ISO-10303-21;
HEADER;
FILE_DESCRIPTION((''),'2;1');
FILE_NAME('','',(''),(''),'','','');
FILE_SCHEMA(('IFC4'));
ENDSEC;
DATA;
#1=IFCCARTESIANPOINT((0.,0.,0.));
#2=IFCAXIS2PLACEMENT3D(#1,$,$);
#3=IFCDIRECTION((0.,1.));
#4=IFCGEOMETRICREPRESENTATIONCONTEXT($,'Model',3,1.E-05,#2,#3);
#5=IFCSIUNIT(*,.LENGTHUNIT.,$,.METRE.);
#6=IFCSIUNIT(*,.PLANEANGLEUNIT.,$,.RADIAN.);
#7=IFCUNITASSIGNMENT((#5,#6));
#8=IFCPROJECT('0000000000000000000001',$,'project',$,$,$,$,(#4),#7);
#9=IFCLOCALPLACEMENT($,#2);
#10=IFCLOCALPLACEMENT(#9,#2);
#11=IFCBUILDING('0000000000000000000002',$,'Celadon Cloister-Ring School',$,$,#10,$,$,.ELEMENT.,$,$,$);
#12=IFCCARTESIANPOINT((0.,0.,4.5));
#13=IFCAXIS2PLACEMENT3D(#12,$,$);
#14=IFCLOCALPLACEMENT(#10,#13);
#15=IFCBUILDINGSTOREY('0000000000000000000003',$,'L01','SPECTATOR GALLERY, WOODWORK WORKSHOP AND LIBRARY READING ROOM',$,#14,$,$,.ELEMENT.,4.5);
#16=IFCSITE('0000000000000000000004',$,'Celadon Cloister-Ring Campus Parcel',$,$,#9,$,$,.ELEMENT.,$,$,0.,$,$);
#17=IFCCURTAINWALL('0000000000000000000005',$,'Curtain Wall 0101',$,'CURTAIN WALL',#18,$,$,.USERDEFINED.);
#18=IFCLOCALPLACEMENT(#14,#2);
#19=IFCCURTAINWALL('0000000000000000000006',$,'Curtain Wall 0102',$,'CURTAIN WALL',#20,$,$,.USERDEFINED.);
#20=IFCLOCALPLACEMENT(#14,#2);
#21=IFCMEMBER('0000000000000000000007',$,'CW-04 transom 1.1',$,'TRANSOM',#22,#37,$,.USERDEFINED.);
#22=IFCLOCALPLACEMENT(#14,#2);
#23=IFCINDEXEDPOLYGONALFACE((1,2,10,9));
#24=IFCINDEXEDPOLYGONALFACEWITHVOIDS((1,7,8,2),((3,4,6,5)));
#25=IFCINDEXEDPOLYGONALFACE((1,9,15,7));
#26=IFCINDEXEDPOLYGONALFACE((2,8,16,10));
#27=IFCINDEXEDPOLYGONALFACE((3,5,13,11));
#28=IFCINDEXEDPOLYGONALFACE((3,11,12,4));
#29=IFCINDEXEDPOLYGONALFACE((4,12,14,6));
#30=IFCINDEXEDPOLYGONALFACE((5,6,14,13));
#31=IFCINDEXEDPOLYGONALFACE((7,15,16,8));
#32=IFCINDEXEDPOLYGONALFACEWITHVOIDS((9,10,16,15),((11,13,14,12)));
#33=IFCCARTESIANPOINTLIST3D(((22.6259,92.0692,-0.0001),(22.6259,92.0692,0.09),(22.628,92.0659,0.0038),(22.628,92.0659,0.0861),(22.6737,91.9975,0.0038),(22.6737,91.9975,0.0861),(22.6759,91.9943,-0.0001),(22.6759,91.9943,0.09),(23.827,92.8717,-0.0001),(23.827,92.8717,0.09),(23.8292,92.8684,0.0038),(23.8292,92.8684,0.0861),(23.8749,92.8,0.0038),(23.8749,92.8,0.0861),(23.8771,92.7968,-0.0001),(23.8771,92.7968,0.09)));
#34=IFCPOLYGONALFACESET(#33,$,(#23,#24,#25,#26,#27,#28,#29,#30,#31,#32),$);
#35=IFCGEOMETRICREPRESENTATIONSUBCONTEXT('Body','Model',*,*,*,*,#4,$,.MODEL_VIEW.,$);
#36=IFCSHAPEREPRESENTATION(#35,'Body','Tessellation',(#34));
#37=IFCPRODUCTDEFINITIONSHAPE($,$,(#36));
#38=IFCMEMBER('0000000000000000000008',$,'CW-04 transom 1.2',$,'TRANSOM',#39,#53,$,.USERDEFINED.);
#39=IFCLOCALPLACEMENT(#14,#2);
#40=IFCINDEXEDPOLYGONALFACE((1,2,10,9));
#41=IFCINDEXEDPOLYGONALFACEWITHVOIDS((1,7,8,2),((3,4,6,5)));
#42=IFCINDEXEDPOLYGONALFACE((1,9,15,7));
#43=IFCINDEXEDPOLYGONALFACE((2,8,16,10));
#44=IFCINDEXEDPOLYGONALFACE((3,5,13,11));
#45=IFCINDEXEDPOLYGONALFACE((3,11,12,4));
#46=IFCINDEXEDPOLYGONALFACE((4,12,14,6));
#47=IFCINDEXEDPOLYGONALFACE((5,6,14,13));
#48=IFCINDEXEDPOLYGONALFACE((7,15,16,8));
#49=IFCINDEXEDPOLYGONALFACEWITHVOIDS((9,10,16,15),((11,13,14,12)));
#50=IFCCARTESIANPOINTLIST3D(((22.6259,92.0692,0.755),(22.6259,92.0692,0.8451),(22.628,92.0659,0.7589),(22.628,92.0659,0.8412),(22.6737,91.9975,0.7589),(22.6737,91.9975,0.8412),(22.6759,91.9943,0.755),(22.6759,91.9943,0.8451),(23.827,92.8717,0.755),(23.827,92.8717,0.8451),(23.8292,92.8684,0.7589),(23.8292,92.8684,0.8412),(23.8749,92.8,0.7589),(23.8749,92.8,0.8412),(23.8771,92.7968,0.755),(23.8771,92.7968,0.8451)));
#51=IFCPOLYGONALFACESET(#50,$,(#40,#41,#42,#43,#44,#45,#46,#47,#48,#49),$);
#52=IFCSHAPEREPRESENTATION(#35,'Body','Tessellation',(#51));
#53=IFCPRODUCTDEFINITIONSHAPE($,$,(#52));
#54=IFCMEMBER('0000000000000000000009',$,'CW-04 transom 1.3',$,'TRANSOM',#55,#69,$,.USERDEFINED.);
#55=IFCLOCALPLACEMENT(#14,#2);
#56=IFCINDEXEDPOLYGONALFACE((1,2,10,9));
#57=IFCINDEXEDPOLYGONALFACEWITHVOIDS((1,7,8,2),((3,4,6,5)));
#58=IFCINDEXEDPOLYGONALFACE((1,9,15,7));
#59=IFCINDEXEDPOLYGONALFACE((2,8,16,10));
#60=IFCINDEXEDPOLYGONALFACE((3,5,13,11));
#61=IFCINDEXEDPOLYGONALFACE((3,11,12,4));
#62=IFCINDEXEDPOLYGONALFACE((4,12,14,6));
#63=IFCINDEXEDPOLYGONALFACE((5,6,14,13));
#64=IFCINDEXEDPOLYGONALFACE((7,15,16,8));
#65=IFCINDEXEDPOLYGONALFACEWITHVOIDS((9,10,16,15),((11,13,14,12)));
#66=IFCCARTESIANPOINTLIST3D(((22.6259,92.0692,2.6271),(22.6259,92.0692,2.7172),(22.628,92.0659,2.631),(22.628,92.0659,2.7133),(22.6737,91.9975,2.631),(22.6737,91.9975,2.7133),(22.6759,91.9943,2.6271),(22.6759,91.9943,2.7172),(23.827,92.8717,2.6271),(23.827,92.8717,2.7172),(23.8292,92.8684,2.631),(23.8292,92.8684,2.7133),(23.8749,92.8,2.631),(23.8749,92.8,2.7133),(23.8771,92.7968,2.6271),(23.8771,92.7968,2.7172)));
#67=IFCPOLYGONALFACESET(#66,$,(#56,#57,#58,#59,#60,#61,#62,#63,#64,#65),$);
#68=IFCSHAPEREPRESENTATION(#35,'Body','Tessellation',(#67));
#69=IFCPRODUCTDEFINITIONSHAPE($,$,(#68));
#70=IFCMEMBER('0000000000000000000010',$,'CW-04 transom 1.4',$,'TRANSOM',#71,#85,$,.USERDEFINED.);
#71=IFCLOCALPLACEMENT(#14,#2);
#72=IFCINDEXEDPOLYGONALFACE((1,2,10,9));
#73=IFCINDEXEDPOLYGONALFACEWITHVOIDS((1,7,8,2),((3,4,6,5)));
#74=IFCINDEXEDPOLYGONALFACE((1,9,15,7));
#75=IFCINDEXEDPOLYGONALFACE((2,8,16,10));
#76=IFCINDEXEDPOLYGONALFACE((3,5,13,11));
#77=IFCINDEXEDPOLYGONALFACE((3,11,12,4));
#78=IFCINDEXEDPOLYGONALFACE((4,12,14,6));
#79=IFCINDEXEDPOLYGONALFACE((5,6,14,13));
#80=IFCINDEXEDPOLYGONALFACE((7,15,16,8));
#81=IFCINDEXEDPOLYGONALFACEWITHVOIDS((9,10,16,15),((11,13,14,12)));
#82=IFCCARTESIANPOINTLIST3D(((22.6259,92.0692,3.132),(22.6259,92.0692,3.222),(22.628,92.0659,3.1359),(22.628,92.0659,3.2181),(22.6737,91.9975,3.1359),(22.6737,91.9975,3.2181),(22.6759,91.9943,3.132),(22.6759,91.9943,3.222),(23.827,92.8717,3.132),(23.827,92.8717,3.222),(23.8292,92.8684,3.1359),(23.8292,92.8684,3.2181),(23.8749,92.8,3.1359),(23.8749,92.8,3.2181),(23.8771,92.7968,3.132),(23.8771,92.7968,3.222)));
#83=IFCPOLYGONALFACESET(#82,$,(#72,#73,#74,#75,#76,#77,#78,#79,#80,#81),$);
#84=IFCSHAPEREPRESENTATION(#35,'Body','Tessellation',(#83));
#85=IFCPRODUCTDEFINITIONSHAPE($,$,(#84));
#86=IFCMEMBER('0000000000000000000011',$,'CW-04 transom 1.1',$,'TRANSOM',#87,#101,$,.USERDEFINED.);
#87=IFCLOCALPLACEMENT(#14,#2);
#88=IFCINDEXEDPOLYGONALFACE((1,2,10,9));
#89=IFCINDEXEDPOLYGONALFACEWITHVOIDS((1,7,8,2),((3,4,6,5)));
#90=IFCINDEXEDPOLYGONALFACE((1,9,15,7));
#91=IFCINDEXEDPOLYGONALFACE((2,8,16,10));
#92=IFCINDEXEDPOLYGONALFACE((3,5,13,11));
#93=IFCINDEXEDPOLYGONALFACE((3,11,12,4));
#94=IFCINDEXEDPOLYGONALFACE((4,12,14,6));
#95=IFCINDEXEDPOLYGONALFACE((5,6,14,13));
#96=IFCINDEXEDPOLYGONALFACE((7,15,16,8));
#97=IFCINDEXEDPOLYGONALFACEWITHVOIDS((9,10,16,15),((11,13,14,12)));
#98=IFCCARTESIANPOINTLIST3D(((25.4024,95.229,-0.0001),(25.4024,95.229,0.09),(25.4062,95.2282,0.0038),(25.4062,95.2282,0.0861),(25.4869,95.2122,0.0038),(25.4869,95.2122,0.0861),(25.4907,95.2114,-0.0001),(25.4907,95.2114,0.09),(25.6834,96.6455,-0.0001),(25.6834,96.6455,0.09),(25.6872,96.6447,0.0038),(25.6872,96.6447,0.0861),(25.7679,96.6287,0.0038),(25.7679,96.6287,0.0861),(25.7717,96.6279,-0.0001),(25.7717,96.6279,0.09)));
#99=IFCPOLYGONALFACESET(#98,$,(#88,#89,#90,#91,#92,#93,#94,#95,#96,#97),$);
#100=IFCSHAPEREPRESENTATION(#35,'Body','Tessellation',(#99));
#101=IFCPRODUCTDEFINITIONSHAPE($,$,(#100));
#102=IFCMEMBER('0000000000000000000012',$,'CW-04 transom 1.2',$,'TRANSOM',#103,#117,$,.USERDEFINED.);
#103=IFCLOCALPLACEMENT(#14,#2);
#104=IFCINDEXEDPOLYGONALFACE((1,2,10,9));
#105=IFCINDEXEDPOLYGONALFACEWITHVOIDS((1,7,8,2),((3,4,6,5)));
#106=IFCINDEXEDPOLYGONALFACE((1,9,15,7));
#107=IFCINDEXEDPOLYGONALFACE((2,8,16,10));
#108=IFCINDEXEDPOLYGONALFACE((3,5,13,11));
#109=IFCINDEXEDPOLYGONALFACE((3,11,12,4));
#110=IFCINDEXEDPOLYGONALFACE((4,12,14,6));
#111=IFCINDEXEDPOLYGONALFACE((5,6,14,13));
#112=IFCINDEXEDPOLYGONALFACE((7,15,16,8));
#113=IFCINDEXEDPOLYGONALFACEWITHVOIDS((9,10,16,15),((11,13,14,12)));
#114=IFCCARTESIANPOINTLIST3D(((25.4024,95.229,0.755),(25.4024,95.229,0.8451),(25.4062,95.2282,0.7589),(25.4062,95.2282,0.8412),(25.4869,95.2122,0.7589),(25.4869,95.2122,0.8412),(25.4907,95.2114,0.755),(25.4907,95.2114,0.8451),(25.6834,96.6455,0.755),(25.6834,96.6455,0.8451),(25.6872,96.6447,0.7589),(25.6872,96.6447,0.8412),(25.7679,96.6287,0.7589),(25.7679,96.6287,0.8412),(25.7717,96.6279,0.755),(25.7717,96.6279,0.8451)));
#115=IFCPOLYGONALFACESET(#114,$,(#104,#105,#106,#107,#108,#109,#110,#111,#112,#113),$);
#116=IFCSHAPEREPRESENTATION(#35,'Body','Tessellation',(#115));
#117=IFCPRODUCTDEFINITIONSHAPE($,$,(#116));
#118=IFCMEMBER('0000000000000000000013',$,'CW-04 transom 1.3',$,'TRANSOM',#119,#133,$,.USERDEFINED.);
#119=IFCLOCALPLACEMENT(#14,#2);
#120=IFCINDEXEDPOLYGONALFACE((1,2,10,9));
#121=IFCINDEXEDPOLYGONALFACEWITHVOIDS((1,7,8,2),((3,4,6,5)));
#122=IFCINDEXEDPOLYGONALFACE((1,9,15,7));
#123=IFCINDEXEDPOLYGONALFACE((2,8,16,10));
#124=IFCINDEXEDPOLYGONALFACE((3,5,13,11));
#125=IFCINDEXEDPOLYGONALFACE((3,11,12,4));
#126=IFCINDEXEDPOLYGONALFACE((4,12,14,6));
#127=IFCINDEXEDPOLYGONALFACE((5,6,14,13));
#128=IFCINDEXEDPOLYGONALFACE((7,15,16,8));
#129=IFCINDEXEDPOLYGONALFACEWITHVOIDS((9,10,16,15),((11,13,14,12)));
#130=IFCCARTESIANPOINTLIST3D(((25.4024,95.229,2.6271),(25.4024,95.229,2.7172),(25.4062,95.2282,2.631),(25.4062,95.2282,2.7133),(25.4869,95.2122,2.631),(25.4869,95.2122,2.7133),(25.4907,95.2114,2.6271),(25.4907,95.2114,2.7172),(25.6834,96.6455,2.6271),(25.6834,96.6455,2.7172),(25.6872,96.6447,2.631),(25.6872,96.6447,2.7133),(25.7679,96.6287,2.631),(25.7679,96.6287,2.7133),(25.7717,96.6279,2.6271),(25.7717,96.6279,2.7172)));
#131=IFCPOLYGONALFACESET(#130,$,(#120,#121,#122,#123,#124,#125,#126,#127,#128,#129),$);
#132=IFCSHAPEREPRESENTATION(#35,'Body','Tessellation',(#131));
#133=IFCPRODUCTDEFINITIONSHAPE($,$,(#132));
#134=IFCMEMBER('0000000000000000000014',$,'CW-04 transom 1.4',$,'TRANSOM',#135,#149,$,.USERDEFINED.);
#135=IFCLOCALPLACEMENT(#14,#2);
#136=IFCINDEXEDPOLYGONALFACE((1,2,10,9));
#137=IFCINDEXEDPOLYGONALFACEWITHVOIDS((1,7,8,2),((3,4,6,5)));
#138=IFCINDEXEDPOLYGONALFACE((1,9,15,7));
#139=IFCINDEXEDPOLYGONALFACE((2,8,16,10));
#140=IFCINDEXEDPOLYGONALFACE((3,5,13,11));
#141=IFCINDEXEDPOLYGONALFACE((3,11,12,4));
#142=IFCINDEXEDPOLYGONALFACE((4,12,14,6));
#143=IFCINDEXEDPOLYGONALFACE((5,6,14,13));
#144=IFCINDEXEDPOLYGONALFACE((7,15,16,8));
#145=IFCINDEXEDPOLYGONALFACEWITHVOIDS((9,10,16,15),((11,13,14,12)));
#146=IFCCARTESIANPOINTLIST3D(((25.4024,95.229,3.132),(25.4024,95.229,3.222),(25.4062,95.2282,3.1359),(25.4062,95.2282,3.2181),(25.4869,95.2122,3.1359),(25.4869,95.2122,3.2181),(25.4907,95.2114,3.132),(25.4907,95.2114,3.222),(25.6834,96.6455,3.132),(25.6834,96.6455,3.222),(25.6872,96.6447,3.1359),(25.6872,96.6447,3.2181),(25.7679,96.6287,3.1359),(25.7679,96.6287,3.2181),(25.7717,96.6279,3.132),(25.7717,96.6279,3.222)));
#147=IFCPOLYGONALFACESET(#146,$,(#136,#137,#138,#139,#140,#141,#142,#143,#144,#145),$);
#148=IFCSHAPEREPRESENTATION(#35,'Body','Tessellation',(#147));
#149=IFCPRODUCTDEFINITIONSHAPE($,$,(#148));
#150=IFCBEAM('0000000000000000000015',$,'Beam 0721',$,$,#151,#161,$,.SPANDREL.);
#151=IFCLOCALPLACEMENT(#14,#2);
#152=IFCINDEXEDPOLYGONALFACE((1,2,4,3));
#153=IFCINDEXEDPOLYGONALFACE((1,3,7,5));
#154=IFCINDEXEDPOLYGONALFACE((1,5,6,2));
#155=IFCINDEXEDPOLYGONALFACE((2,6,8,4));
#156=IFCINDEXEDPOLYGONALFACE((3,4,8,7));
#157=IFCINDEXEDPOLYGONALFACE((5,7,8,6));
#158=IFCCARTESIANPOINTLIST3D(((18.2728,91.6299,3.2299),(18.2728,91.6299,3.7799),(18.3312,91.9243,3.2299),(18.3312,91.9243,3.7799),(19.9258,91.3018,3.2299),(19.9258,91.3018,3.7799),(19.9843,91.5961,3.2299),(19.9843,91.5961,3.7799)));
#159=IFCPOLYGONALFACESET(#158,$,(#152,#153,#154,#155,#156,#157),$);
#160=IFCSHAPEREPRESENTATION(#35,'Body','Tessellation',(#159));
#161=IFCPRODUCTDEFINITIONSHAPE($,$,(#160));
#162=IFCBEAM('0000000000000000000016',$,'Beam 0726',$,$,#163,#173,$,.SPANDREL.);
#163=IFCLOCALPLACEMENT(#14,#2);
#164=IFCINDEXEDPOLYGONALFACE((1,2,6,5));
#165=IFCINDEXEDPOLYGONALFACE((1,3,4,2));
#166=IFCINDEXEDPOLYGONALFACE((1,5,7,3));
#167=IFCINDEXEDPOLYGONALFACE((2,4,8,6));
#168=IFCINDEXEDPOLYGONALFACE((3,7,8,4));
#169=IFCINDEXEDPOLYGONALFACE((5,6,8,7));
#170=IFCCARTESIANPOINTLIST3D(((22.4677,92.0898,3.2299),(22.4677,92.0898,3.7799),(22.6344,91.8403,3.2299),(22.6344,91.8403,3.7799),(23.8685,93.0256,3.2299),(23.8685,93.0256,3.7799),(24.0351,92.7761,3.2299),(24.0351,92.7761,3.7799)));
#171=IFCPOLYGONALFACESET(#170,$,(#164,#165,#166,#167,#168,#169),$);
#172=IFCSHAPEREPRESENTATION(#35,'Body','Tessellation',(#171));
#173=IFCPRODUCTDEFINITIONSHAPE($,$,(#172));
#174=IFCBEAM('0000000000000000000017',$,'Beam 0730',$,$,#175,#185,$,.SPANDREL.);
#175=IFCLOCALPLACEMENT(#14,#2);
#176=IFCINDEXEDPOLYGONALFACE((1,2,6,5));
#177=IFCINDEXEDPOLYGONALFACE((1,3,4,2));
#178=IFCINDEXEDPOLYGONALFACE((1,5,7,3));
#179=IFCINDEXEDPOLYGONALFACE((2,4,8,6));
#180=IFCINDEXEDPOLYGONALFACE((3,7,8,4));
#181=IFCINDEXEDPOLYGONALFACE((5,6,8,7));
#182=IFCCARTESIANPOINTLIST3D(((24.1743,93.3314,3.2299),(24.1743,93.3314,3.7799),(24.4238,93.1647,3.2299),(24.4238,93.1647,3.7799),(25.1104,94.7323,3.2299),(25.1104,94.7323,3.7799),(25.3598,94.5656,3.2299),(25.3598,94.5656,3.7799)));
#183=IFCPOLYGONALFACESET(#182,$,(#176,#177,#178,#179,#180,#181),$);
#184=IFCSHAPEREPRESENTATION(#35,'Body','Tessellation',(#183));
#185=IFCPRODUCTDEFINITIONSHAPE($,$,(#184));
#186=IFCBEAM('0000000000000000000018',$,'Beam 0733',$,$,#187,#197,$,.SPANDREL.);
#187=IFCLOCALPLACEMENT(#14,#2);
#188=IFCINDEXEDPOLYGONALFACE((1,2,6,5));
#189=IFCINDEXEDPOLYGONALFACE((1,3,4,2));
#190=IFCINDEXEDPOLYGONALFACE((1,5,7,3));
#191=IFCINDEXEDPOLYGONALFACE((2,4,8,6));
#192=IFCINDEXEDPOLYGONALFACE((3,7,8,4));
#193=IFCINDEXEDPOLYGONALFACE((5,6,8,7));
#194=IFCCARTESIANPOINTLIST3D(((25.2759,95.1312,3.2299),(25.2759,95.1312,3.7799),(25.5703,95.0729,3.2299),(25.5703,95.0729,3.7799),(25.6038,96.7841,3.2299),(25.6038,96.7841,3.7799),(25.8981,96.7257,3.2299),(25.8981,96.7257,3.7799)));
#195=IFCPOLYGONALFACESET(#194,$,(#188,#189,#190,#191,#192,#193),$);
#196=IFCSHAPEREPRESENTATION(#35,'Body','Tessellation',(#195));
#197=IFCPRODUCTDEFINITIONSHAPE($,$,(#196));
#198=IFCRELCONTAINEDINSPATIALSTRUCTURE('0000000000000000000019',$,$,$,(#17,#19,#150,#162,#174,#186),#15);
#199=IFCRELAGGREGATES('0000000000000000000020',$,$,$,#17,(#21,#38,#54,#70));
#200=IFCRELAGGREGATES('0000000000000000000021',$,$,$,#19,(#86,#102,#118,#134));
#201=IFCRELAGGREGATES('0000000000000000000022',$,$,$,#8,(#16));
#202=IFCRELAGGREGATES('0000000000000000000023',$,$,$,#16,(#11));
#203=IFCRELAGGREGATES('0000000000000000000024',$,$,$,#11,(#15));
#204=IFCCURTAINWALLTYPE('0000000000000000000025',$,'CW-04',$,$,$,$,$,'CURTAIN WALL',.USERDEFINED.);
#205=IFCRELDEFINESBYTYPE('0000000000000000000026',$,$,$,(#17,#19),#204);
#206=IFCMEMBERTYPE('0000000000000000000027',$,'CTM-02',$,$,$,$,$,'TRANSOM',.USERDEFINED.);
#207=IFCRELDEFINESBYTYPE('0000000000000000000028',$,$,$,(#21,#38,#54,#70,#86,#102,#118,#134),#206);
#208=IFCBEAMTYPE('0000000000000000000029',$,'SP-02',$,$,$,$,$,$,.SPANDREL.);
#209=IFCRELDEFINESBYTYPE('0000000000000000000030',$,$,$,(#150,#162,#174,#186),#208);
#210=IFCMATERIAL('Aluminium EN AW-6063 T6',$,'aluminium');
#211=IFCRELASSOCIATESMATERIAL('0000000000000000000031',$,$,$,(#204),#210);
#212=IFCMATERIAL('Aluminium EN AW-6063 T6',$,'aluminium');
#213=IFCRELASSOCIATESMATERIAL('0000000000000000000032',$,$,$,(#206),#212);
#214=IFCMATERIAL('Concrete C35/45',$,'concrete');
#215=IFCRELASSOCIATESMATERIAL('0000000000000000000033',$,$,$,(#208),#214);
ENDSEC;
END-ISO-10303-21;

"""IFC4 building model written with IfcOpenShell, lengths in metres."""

from ifc_helpers import new_model, si_unit, direction, frame, origin, origin_2d, place, context, subcontext, project, spatial, rectangle, hollow_rectangle, extrude, material, material_profile, profile_set, type_object, element, aggregate, save


model = new_model("IFC4")

# Units and contexts
model_context = context("Model", 3, precision=1e-05, world=origin(), true_north=direction((0.0, 1.0)))
body_context = subcontext(model_context, "Body", "Model", "MODEL_VIEW")
ifc_project = project(units=[si_unit("LENGTHUNIT", "METRE"), si_unit("PLANEANGLEUNIT", "RADIAN")], contexts=[model_context])

# Site, building, storey
site_placement = place(None, origin())
site = spatial("IfcSite", under=ifc_project, at=site_placement, Name="Celadon Cloister-Ring Campus Parcel", CompositionType="ELEMENT", RefElevation=0.0)
building_placement = place(site_placement, origin())
building = spatial("IfcBuilding", under=site, at=building_placement, Name="Celadon Cloister-Ring School", CompositionType="ELEMENT")
storey_placement = place(building_placement, frame((0.0, 0.0, 4.5)))
storey = spatial("IfcBuildingStorey", under=building, at=storey_placement, Name="L01", Description="SPECTATOR GALLERY, WOODWORK WORKSHOP AND LIBRARY READING ROOM", CompositionType="ELEMENT", Elevation=4.5)

# Curtain wall
ifc_material_1 = material(Name="Aluminium EN AW-6063 T6", Category="aluminium")
curtain_wall_type = type_object("IfcCurtainWallType", Name="CW-04", ElementType="CURTAIN WALL", PredefinedType="USERDEFINED", material=ifc_material_1)
curtain_wall_1_placement = place(storey_placement, origin())
curtain_wall_1 = element("IfcCurtainWall", 1, at=curtain_wall_1_placement, inside=storey, type_object=curtain_wall_type, Name="Curtain Wall 0101", ObjectType="CURTAIN WALL", PredefinedType="USERDEFINED")

# Curtain wall
curtain_wall_2_placement = place(storey_placement, origin())
curtain_wall_2 = element("IfcCurtainWall", 2, at=curtain_wall_2_placement, inside=storey, type_object=curtain_wall_type, Name="Curtain Wall 0102", ObjectType="CURTAIN WALL", PredefinedType="USERDEFINED")

# Members
ifc_material_2 = material(Name="Aluminium EN AW-6063 T6", Category="aluminium")
ifc_material_profile_1 = material_profile(ifc_material_2, hollow_rectangle(XDim=0.0901, YDim=0.0901, WallThickness=0.0039, at=origin_2d()), Name="RHS90X90X4")
ifc_profile_set_1 = profile_set([ifc_material_profile_1], Name="Aluminium EN AW-6063 T6")
member_type_1 = type_object("IfcMemberType", Name="CTM-02", ElementType="TRANSOM", PredefinedType="USERDEFINED", material=ifc_profile_set_1)
member_1_placement = place(storey_placement, frame((22.6509, 92.0317, 0.0449), z_axis=(0.831504, 0.555519, 0.0), x_axis=(-0.555519, 0.831504, 0.0)))
member_1 = element("IfcMember", 3, at=member_1_placement, type_object=member_type_1, Name="CW-04 transom 1.1", ObjectType="TRANSOM", PredefinedType="USERDEFINED", context=body_context, shape_type="SweptSolid", body=[
    extrude(hollow_rectangle(XDim=0.0901, YDim=0.0901, WallThickness=0.0039, at=origin_2d()), origin(), (0.0, 0.0, 1.0), 1.4446),
])
member_2_placement = place(storey_placement, frame((22.6509, 92.0317, 0.8), z_axis=(0.831504, 0.555519, 0.0), x_axis=(-0.555519, 0.831504, 0.0)))
member_2 = element("IfcMember", 4, at=member_2_placement, type_object=member_type_1, Name="CW-04 transom 1.2", ObjectType="TRANSOM", PredefinedType="USERDEFINED", context=body_context, shape_type="SweptSolid", body=[
    extrude(hollow_rectangle(XDim=0.0901, YDim=0.0901, WallThickness=0.0039, at=origin_2d()), origin(), (0.0, 0.0, 1.0), 1.4446),
])
member_3_placement = place(storey_placement, frame((22.6509, 92.0317, 2.6721), z_axis=(0.831504, 0.555519, 0.0), x_axis=(-0.555519, 0.831504, 0.0)))
member_3 = element("IfcMember", 5, at=member_3_placement, type_object=member_type_1, Name="CW-04 transom 1.3", ObjectType="TRANSOM", PredefinedType="USERDEFINED", context=body_context, shape_type="SweptSolid", body=[
    extrude(hollow_rectangle(XDim=0.0901, YDim=0.0901, WallThickness=0.0039, at=origin_2d()), origin(), (0.0, 0.0, 1.0), 1.4446),
])
member_4_placement = place(storey_placement, frame((22.6509, 92.0317, 3.177), z_axis=(0.831504, 0.555519, 0.0), x_axis=(-0.555519, 0.831504, 0.0)))
member_4 = element("IfcMember", 6, at=member_4_placement, type_object=member_type_1, Name="CW-04 transom 1.4", ObjectType="TRANSOM", PredefinedType="USERDEFINED", context=body_context, shape_type="SweptSolid", body=[
    extrude(hollow_rectangle(XDim=0.0901, YDim=0.0901, WallThickness=0.0039, at=origin_2d()), origin(), (0.0, 0.0, 1.0), 1.4446),
])
member_5_placement = place(storey_placement, frame((25.4465, 95.2202, 0.0449), z_axis=(0.194588, 0.980885, 0.0), x_axis=(-0.980885, 0.194588, 0.0)))
member_5 = element("IfcMember", 7, at=member_5_placement, type_object=member_type_1, Name="CW-04 transom 1.1", ObjectType="TRANSOM", PredefinedType="USERDEFINED", context=body_context, shape_type="SweptSolid", body=[
    extrude(hollow_rectangle(XDim=0.0901, YDim=0.0901, WallThickness=0.0039, at=origin_2d()), origin(), (0.0, 0.0, 1.0), 1.4441),
])
member_6_placement = place(storey_placement, frame((25.4465, 95.2202, 0.8), z_axis=(0.194588, 0.980885, 0.0), x_axis=(-0.980885, 0.194588, 0.0)))
member_6 = element("IfcMember", 8, at=member_6_placement, type_object=member_type_1, Name="CW-04 transom 1.2", ObjectType="TRANSOM", PredefinedType="USERDEFINED", context=body_context, shape_type="SweptSolid", body=[
    extrude(hollow_rectangle(XDim=0.0901, YDim=0.0901, WallThickness=0.0039, at=origin_2d()), origin(), (0.0, 0.0, 1.0), 1.4441),
])
member_7_placement = place(storey_placement, frame((25.4465, 95.2202, 2.6721), z_axis=(0.194588, 0.980885, 0.0), x_axis=(-0.980885, 0.194588, 0.0)))
member_7 = element("IfcMember", 9, at=member_7_placement, type_object=member_type_1, Name="CW-04 transom 1.3", ObjectType="TRANSOM", PredefinedType="USERDEFINED", context=body_context, shape_type="SweptSolid", body=[
    extrude(hollow_rectangle(XDim=0.0901, YDim=0.0901, WallThickness=0.0039, at=origin_2d()), origin(), (0.0, 0.0, 1.0), 1.4441),
])
member_8_placement = place(storey_placement, frame((25.4465, 95.2202, 3.177), z_axis=(0.194588, 0.980885, 0.0), x_axis=(-0.980885, 0.194588, 0.0)))
member_8 = element("IfcMember", 10, at=member_8_placement, type_object=member_type_1, Name="CW-04 transom 1.4", ObjectType="TRANSOM", PredefinedType="USERDEFINED", context=body_context, shape_type="SweptSolid", body=[
    extrude(hollow_rectangle(XDim=0.0901, YDim=0.0901, WallThickness=0.0039, at=origin_2d()), origin(), (0.0, 0.0, 1.0), 1.4441),
])

# Beams
ifc_material_3 = material(Name="Concrete C35/45", Category="concrete")
ifc_material_profile_2 = material_profile(ifc_material_3, rectangle(XDim=0.3, YDim=0.55, at=origin_2d()), Name="RC300X550")
ifc_profile_set_2 = profile_set([ifc_material_profile_2], Name="Concrete C35/45")
beam_type = type_object("IfcBeamType", Name="SP-02", PredefinedType="SPANDREL", material=ifc_profile_set_2)
beam_1_placement = place(storey_placement, frame((18.302, 91.7771, 3.5049), z_axis=(0.980864, -0.194695, 0.0), x_axis=(0.194695, 0.980864, 0.0)))
element("IfcBeam", 11, at=beam_1_placement, inside=storey, type_object=beam_type, Name="Beam 0721", PredefinedType="SPANDREL", context=body_context, shape_type="SweptSolid", body=[
    extrude(rectangle(XDim=0.3, YDim=0.55, at=origin_2d()), origin(), (0.0, 0.0, 1.0), 1.6853),
])
beam_2_placement = place(storey_placement, frame((22.551, 91.9651, 3.5049), z_axis=(0.831537, 0.555469, 0.0), x_axis=(-0.555469, 0.831537, 0.0)))
element("IfcBeam", 12, at=beam_2_placement, inside=storey, type_object=beam_type, Name="Beam 0726", PredefinedType="SPANDREL", context=body_context, shape_type="SweptSolid", body=[
    extrude(rectangle(XDim=0.3, YDim=0.55, at=origin_2d()), origin(), (0.0, 0.0, 1.0), 1.6846),
])
beam_3_placement = place(storey_placement, frame((24.2991, 93.248, 3.5049), z_axis=(0.555569, 0.83147, 0.0), x_axis=(-0.83147, 0.555569, 0.0)))
element("IfcBeam", 13, at=beam_3_placement, inside=storey, type_object=beam_type, Name="Beam 0730", PredefinedType="SPANDREL", context=body_context, shape_type="SweptSolid", body=[
    extrude(rectangle(XDim=0.3, YDim=0.55, at=origin_2d()), origin(), (0.0, 0.0, 1.0), 1.6848),
])
beam_4_placement = place(storey_placement, frame((25.4231, 95.1021, 3.5049), z_axis=(0.194583, 0.980886, 0.0), x_axis=(-0.980886, 0.194583, 0.0)))
element("IfcBeam", 14, at=beam_4_placement, inside=storey, type_object=beam_type, Name="Beam 0733", PredefinedType="SPANDREL", context=body_context, shape_type="SweptSolid", body=[
    extrude(rectangle(XDim=0.3, YDim=0.55, at=origin_2d()), origin(), (0.0, 0.0, 1.0), 1.6851),
])

aggregate(curtain_wall_1, [member_1, member_2, member_3, member_4])
aggregate(curtain_wall_2, [member_5, member_6, member_7, member_8])

save(model, "model.ifc")
